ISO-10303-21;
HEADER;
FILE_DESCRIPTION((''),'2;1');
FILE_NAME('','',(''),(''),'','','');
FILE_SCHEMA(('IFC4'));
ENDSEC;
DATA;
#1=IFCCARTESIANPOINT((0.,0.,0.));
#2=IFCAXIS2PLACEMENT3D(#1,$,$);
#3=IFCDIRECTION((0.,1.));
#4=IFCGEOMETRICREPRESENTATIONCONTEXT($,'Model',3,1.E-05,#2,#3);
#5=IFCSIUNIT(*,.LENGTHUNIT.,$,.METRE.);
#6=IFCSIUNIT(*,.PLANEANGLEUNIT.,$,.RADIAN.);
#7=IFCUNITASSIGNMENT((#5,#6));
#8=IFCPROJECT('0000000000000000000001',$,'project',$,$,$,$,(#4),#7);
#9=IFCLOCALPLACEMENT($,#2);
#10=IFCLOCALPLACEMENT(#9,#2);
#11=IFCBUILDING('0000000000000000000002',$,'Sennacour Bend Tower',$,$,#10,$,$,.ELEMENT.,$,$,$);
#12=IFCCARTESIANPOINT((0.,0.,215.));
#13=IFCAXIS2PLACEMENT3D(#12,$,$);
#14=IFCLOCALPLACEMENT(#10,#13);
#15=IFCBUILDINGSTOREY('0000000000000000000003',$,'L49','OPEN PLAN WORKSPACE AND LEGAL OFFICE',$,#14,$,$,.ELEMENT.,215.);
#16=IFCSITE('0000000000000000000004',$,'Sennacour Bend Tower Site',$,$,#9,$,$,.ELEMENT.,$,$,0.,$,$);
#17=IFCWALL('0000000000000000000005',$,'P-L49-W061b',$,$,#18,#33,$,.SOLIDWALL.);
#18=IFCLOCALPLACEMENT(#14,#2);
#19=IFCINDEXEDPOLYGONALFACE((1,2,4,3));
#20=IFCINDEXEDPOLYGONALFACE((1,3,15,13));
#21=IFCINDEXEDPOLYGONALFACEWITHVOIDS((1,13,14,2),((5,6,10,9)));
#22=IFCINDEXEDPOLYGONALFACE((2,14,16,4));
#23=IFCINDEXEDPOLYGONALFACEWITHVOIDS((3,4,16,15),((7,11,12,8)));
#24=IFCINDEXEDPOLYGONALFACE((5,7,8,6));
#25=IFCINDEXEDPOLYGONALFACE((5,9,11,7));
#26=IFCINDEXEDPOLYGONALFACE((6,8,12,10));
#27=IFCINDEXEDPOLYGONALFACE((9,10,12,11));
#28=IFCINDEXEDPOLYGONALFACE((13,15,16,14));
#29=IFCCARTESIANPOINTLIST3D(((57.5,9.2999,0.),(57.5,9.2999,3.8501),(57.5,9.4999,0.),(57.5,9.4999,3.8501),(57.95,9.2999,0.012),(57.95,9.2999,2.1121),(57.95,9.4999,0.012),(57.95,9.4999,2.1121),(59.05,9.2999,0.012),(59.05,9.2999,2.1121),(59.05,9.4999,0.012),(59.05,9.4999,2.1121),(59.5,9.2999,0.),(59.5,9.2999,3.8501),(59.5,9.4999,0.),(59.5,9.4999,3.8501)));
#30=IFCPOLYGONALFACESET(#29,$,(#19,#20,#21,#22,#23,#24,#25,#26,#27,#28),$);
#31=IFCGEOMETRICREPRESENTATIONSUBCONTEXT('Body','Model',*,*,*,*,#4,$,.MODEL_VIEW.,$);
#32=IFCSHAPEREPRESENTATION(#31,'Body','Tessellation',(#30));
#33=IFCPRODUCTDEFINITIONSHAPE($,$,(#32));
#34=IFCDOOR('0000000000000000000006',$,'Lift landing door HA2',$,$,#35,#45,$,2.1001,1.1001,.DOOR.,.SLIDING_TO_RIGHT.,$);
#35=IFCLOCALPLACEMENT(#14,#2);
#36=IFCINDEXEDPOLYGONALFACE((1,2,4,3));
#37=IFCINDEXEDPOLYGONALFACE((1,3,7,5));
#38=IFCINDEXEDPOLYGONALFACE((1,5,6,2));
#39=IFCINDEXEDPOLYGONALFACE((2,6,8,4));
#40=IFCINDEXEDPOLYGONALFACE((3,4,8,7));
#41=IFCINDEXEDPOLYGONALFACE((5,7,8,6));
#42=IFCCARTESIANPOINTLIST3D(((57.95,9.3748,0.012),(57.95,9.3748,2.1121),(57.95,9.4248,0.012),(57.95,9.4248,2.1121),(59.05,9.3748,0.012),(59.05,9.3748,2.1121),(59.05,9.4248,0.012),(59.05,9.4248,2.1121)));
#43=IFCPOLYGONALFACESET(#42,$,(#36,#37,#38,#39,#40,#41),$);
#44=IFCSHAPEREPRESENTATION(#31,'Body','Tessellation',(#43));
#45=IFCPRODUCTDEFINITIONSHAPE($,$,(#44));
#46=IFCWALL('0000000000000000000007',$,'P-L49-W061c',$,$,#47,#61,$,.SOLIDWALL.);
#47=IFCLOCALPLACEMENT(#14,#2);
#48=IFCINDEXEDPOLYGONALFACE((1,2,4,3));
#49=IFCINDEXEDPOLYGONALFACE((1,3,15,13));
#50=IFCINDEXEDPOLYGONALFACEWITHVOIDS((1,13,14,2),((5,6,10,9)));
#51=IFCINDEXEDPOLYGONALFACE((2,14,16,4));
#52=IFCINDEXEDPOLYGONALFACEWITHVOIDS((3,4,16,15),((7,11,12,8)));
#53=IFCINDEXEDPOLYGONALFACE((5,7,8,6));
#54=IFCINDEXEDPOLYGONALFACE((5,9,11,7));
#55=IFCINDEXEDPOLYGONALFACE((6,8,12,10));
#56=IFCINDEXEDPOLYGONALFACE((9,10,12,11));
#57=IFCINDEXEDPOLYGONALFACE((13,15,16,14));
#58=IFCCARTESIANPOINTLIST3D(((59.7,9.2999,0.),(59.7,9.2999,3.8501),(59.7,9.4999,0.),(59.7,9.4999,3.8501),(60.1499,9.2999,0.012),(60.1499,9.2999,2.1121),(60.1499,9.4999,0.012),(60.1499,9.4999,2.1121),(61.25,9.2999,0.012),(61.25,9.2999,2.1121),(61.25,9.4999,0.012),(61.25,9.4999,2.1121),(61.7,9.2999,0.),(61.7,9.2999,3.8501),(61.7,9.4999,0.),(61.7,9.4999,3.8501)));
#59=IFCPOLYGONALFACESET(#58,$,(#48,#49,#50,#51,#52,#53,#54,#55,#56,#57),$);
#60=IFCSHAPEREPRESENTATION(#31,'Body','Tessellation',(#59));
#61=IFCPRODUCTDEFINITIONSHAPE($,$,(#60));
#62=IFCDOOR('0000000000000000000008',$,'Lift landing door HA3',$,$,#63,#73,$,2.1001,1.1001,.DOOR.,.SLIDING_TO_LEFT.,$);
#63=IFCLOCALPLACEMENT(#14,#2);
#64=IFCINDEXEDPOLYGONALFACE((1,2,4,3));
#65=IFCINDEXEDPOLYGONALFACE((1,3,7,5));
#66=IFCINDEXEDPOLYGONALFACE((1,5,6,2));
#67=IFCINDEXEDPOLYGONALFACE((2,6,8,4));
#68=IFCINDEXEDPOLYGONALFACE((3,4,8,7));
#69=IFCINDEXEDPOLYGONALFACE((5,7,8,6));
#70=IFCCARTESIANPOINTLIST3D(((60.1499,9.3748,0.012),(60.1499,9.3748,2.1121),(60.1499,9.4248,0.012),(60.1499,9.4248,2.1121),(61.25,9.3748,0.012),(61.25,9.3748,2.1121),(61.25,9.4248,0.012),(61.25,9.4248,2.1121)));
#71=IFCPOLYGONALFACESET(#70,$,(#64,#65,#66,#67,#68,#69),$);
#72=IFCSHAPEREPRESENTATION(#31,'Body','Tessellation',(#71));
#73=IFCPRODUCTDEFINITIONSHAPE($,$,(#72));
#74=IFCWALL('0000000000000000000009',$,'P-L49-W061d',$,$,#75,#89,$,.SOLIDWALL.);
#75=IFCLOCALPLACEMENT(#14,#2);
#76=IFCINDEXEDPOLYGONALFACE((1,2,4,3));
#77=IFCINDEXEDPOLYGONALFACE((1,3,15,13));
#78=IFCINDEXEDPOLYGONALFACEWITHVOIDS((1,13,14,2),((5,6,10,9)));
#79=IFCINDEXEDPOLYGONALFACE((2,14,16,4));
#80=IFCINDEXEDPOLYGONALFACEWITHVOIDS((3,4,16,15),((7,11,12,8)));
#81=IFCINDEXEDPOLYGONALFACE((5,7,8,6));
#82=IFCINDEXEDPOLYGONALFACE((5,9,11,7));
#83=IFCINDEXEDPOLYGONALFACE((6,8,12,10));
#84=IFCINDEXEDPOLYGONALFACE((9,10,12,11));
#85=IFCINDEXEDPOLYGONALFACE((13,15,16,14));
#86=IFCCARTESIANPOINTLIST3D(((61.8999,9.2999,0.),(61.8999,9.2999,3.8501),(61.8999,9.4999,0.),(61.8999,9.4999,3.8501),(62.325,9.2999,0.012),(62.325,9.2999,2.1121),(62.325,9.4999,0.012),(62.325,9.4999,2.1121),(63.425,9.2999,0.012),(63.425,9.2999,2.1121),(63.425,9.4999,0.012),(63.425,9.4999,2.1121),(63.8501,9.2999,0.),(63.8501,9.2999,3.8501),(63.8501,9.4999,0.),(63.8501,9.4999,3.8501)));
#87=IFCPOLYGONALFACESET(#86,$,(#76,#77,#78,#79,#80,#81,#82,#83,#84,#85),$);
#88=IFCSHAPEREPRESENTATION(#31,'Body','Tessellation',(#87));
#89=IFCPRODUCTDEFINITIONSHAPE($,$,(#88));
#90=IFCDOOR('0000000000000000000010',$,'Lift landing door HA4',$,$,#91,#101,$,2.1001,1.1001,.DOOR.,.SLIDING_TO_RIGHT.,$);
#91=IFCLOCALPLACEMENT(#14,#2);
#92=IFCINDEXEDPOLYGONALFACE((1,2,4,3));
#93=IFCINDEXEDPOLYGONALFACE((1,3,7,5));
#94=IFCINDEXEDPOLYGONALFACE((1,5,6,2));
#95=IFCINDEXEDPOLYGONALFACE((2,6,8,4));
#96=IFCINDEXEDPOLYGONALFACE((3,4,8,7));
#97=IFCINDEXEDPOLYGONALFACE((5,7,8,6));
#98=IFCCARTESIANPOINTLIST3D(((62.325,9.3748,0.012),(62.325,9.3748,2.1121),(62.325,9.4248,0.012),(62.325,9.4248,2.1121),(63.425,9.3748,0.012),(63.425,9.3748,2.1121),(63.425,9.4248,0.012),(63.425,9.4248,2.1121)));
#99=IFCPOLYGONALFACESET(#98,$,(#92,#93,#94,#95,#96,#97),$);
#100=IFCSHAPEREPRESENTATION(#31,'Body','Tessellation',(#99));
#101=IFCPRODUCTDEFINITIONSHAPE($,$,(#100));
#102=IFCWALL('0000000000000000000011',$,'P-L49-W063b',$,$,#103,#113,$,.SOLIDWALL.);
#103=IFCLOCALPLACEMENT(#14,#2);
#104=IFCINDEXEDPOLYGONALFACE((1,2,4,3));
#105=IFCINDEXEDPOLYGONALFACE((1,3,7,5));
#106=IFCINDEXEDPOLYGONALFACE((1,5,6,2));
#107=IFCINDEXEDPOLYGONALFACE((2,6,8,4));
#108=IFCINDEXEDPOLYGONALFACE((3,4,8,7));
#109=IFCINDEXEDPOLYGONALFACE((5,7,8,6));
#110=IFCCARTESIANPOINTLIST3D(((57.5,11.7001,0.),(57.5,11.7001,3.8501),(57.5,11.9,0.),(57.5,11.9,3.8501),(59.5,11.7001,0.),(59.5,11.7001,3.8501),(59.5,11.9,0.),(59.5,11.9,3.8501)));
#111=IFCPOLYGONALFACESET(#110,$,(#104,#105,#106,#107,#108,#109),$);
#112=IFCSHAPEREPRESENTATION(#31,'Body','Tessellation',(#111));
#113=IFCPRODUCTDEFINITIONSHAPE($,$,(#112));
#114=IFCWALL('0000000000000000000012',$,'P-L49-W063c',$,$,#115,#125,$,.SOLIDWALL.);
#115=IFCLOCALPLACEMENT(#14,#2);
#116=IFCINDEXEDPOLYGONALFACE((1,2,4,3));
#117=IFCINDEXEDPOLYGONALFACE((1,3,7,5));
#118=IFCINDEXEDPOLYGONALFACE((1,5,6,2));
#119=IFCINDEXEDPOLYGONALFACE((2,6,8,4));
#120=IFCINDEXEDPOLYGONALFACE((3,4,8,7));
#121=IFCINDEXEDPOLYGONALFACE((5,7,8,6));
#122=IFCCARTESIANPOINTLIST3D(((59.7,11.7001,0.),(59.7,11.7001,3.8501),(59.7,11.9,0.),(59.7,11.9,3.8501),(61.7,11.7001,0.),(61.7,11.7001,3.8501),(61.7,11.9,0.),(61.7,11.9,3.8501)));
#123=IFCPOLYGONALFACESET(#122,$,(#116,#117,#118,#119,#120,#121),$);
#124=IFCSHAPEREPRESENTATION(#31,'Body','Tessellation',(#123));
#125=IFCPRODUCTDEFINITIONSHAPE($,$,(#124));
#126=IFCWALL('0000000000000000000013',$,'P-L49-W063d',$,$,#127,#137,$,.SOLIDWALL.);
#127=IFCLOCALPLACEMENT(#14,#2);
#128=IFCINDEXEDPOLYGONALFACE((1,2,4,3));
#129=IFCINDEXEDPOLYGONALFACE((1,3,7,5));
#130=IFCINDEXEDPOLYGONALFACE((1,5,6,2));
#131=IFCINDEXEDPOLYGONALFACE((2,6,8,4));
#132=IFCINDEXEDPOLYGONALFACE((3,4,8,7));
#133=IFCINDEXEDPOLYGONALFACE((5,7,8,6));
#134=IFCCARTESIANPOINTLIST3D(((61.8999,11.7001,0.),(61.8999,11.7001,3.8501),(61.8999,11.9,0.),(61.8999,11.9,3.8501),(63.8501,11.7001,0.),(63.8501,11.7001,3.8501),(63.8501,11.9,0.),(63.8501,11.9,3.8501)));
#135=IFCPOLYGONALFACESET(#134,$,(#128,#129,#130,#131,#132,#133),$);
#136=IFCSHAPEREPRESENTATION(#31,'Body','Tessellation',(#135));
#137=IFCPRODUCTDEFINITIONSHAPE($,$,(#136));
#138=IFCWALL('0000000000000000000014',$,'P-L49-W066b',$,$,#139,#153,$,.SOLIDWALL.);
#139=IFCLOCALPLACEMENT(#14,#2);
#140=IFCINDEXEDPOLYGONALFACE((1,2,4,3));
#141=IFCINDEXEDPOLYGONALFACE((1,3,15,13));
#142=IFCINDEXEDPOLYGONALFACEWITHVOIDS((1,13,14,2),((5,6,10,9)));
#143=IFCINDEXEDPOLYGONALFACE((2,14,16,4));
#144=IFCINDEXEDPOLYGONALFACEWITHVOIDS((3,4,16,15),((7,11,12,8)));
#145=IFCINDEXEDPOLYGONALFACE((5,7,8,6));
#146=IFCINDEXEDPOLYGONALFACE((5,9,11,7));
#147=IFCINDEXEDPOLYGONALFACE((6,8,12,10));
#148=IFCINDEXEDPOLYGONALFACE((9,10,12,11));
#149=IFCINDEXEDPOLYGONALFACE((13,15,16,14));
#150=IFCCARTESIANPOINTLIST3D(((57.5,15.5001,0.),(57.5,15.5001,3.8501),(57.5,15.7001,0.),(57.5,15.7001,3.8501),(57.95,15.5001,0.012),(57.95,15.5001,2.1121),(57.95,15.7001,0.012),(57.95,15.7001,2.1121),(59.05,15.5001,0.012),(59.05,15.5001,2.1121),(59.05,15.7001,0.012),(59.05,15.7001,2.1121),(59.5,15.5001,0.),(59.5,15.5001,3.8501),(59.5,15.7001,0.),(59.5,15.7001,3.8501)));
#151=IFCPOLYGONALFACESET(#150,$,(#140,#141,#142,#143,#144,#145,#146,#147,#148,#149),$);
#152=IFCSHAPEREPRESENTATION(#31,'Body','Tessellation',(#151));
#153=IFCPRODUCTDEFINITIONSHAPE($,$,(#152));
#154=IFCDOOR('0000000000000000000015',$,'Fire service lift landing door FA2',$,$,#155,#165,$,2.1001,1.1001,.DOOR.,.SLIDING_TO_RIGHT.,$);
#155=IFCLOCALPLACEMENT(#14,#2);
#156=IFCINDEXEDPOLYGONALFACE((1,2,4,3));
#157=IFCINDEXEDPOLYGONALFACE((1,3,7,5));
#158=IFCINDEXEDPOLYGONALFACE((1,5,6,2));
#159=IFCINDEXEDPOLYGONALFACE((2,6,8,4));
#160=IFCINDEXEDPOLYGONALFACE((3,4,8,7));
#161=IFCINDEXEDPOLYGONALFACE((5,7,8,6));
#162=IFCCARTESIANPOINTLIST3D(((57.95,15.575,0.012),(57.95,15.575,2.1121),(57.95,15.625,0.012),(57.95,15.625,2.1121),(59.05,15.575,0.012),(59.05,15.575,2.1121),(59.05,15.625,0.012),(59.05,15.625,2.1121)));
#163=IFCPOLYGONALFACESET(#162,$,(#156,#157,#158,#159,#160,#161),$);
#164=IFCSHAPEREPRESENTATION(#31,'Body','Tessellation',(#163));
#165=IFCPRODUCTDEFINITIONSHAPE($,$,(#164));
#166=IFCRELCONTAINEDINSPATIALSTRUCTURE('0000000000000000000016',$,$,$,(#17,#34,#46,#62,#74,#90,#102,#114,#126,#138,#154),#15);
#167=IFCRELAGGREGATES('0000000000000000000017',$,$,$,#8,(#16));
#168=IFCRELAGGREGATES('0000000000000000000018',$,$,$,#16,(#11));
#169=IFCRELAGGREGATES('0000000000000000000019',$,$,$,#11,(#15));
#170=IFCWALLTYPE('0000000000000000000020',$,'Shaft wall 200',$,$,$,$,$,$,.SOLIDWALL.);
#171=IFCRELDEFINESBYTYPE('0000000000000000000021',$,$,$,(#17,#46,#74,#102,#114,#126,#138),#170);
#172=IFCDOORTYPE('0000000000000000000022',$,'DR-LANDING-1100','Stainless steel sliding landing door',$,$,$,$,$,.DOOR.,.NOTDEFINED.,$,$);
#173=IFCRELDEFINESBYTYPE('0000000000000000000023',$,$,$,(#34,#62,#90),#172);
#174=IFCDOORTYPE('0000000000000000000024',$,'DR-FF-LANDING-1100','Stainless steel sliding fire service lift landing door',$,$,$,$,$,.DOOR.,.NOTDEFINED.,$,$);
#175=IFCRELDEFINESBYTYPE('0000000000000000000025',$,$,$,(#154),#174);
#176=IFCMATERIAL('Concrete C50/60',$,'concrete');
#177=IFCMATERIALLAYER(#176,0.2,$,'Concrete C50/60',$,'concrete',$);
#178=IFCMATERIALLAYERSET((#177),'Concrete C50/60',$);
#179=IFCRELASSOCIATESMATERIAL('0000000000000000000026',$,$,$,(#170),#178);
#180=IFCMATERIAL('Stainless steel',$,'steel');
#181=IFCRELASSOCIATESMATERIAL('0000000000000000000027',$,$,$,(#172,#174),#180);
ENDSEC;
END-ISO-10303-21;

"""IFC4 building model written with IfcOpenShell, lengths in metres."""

from ifc_helpers import new_model, si_unit, direction, frame, frame_2d, origin, place, context, subcontext, project, spatial, rectangle, extrude, material, layer, layer_set, type_object, element, fill, save


model = new_model("IFC4")

# Units and contexts
model_context = context("Model", 3, precision=1e-05, world=origin(), true_north=direction((0.0, 1.0)))
body_context = subcontext(model_context, "Body", "Model", "MODEL_VIEW")
ifc_project = project(units=[si_unit("LENGTHUNIT", "METRE"), si_unit("PLANEANGLEUNIT", "RADIAN")], contexts=[model_context])

# Site, building, storey
site_placement = place(None, origin())
site = spatial("IfcSite", under=ifc_project, at=site_placement, Name="Sennacour Bend Tower Site", CompositionType="ELEMENT", RefElevation=0.0)
building_placement = place(site_placement, origin())
building = spatial("IfcBuilding", under=site, at=building_placement, Name="Sennacour Bend Tower", CompositionType="ELEMENT")
storey_placement = place(building_placement, frame((0.0, 0.0, 215.0)))
storey = spatial("IfcBuildingStorey", under=building, at=storey_placement, Name="L49", Description="OPEN PLAN WORKSPACE AND LEGAL OFFICE", CompositionType="ELEMENT", Elevation=215.0)

# Shared definitions
ifc_material_1 = material(Name="Concrete C50/60", Category="concrete")
ifc_layer_1 = layer(ifc_material_1, 0.2, Name="Concrete C50/60", Category="concrete")
ifc_layer_set_1 = layer_set([ifc_layer_1], Name="Concrete C50/60")
wall_type_1 = type_object("IfcWallType", Name="Shaft wall 200", PredefinedType="SOLIDWALL", material=ifc_layer_set_1)

# Walls, openings, doors
wall_1_placement = place(storey_placement, frame((57.5, 9.3999, 0.0), z_axis=(0.0, 0.0, 1.0), x_axis=(1.0, 0.0, 0.0)))
wall_1 = element("IfcWall", 1, at=wall_1_placement, inside=storey, type_object=wall_type_1, Name="P-L49-W061b", PredefinedType="SOLIDWALL", context=body_context, shape_type="SweptSolid", body=[
    extrude(rectangle(XDim=2.0, YDim=0.2, at=frame_2d((1.0, 0.0))), origin(), (0.0, 0.0, 1.0), 3.8501),
])
opening_1_placement = place(wall_1_placement, frame((0.45, 0.0, 0.012)))
opening_1 = element("IfcOpeningElement", 2, at=opening_1_placement, cuts=wall_1, PredefinedType="OPENING", context=body_context, shape_type="SweptSolid", body=[
    extrude(rectangle(XDim=1.1001, YDim=2.1001, at=frame_2d((0.55, 1.05))), frame((0.0, 0.1099, 0.0), z_axis=(0.0, -1.0, 0.0), x_axis=(1.0, 0.0, 0.0)), (0.0, 0.0, 1.0), 0.22),
])
ifc_material_2 = material(Name="Stainless steel", Category="steel")
door_type_1 = type_object("IfcDoorType", Name="DR-LANDING-1100", Description="Stainless steel sliding landing door", OperationType="NOTDEFINED", PredefinedType="DOOR", material=ifc_material_2)
door_1_placement = place(opening_1_placement, origin())
door_1 = element("IfcDoor", 3, at=door_1_placement, inside=storey, type_object=door_type_1, Name="Lift landing door HA2", OperationType="SLIDING_TO_RIGHT", OverallHeight=2.1001, OverallWidth=1.1001, PredefinedType="DOOR", context=body_context, shape_type="SweptSolid", body=[
    extrude(rectangle(XDim=1.1001, YDim=2.1001, at=frame_2d((0.55, 1.05))), frame((0.0, 0.0249, 0.0), z_axis=(0.0, -1.0, 0.0), x_axis=(1.0, 0.0, 0.0)), (0.0, 0.0, 1.0), 0.05),
])
fill(opening_1, door_1)
wall_2_placement = place(storey_placement, frame((59.7, 9.3999, 0.0), z_axis=(0.0, 0.0, 1.0), x_axis=(1.0, 0.0, 0.0)))
wall_2 = element("IfcWall", 4, at=wall_2_placement, inside=storey, type_object=wall_type_1, Name="P-L49-W061c", PredefinedType="SOLIDWALL", context=body_context, shape_type="SweptSolid", body=[
    extrude(rectangle(XDim=2.0, YDim=0.2, at=frame_2d((1.0, 0.0))), origin(), (0.0, 0.0, 1.0), 3.8501),
])
opening_2_placement = place(wall_2_placement, frame((0.45, 0.0, 0.012)))
opening_2 = element("IfcOpeningElement", 5, at=opening_2_placement, cuts=wall_2, PredefinedType="OPENING", context=body_context, shape_type="SweptSolid", body=[
    extrude(rectangle(XDim=1.1001, YDim=2.1001, at=frame_2d((0.55, 1.05))), frame((0.0, 0.1099, 0.0), z_axis=(0.0, -1.0, 0.0), x_axis=(1.0, 0.0, 0.0)), (0.0, 0.0, 1.0), 0.22),
])
door_2_placement = place(opening_2_placement, origin())
door_2 = element("IfcDoor", 6, at=door_2_placement, inside=storey, type_object=door_type_1, Name="Lift landing door HA3", OperationType="SLIDING_TO_LEFT", OverallHeight=2.1001, OverallWidth=1.1001, PredefinedType="DOOR", context=body_context, shape_type="SweptSolid", body=[
    extrude(rectangle(XDim=1.1001, YDim=2.1001, at=frame_2d((0.55, 1.05))), frame((0.0, 0.0249, 0.0), z_axis=(0.0, -1.0, 0.0), x_axis=(1.0, 0.0, 0.0)), (0.0, 0.0, 1.0), 0.05),
])
fill(opening_2, door_2)
wall_3_placement = place(storey_placement, frame((61.8999, 9.3999, 0.0), z_axis=(0.0, 0.0, 1.0), x_axis=(1.0, 0.0, 0.0)))
wall_3 = element("IfcWall", 7, at=wall_3_placement, inside=storey, type_object=wall_type_1, Name="P-L49-W061d", PredefinedType="SOLIDWALL", context=body_context, shape_type="SweptSolid", body=[
    extrude(rectangle(XDim=1.9502, YDim=0.2, at=frame_2d((0.9751, 0.0))), origin(), (0.0, 0.0, 1.0), 3.8501),
])
opening_3_placement = place(wall_3_placement, frame((0.425, 0.0, 0.012)))
opening_3 = element("IfcOpeningElement", 8, at=opening_3_placement, cuts=wall_3, PredefinedType="OPENING", context=body_context, shape_type="SweptSolid", body=[
    extrude(rectangle(XDim=1.1001, YDim=2.1001, at=frame_2d((0.55, 1.05))), frame((0.0, 0.1099, 0.0), z_axis=(0.0, -1.0, 0.0), x_axis=(1.0, 0.0, 0.0)), (0.0, 0.0, 1.0), 0.22),
])
door_3_placement = place(opening_3_placement, origin())
door_3 = element("IfcDoor", 9, at=door_3_placement, inside=storey, type_object=door_type_1, Name="Lift landing door HA4", OperationType="SLIDING_TO_RIGHT", OverallHeight=2.1001, OverallWidth=1.1001, PredefinedType="DOOR", context=body_context, shape_type="SweptSolid", body=[
    extrude(rectangle(XDim=1.1001, YDim=2.1001, at=frame_2d((0.55, 1.05))), frame((0.0, 0.0249, 0.0), z_axis=(0.0, -1.0, 0.0), x_axis=(1.0, 0.0, 0.0)), (0.0, 0.0, 1.0), 0.05),
])
fill(opening_3, door_3)

# Walls
for number, where, z_axis, x_axis, name in (
    (10, (57.5, 11.8, 0.0), (0.0, 0.0, 1.0), (1.0, 0.0, 0.0), "P-L49-W063b"),
    (11, (59.7, 11.8, 0.0), (0.0, 0.0, 1.0), (1.0, 0.0, 0.0), "P-L49-W063c"),
):
    element("IfcWall", number, at=place(storey_placement, frame(where, z_axis=z_axis, x_axis=x_axis)), inside=storey, type_object=wall_type_1, Name=name, PredefinedType="SOLIDWALL", context=body_context, shape_type="SweptSolid", body=[
        extrude(rectangle(XDim=2.0, YDim=0.2, at=frame_2d((1.0, 0.0))), origin(), (0.0, 0.0, 1.0), 3.8501),
    ])
wall_4_placement = place(storey_placement, frame((61.8999, 11.8, 0.0), z_axis=(0.0, 0.0, 1.0), x_axis=(1.0, 0.0, 0.0)))
element("IfcWall", 12, at=wall_4_placement, inside=storey, type_object=wall_type_1, Name="P-L49-W063d", PredefinedType="SOLIDWALL", context=body_context, shape_type="SweptSolid", body=[
    extrude(rectangle(XDim=1.9502, YDim=0.2, at=frame_2d((0.9751, 0.0))), origin(), (0.0, 0.0, 1.0), 3.8501),
])

# Wall, opening, door
wall_5_placement = place(storey_placement, frame((57.5, 15.6001, 0.0), z_axis=(0.0, 0.0, 1.0), x_axis=(1.0, 0.0, 0.0)))
wall_5 = element("IfcWall", 13, at=wall_5_placement, inside=storey, type_object=wall_type_1, Name="P-L49-W066b", PredefinedType="SOLIDWALL", context=body_context, shape_type="SweptSolid", body=[
    extrude(rectangle(XDim=2.0, YDim=0.2, at=frame_2d((1.0, 0.0))), origin(), (0.0, 0.0, 1.0), 3.8501),
])
opening_4_placement = place(wall_5_placement, frame((0.45, 0.0, 0.012)))
opening_4 = element("IfcOpeningElement", 14, at=opening_4_placement, cuts=wall_5, PredefinedType="OPENING", context=body_context, shape_type="SweptSolid", body=[
    extrude(rectangle(XDim=1.1001, YDim=2.1001, at=frame_2d((0.55, 1.05))), frame((0.0, 0.1099, 0.0), z_axis=(0.0, -1.0, 0.0), x_axis=(1.0, 0.0, 0.0)), (0.0, 0.0, 1.0), 0.22),
])
door_type_2 = type_object("IfcDoorType", Name="DR-FF-LANDING-1100", Description="Stainless steel sliding fire service lift landing door", OperationType="NOTDEFINED", PredefinedType="DOOR", material=ifc_material_2)
door_4_placement = place(opening_4_placement, origin())
door_4 = element("IfcDoor", 15, at=door_4_placement, inside=storey, type_object=door_type_2, Name="Fire service lift landing door FA2", OperationType="SLIDING_TO_RIGHT", OverallHeight=2.1001, OverallWidth=1.1001, PredefinedType="DOOR", context=body_context, shape_type="SweptSolid", body=[
    extrude(rectangle(XDim=1.1001, YDim=2.1001, at=frame_2d((0.55, 1.05))), frame((0.0, 0.0249, 0.0), z_axis=(0.0, -1.0, 0.0), x_axis=(1.0, 0.0, 0.0)), (0.0, 0.0, 1.0), 0.05),
])
fill(opening_4, door_4)

save(model, "model.ifc")
